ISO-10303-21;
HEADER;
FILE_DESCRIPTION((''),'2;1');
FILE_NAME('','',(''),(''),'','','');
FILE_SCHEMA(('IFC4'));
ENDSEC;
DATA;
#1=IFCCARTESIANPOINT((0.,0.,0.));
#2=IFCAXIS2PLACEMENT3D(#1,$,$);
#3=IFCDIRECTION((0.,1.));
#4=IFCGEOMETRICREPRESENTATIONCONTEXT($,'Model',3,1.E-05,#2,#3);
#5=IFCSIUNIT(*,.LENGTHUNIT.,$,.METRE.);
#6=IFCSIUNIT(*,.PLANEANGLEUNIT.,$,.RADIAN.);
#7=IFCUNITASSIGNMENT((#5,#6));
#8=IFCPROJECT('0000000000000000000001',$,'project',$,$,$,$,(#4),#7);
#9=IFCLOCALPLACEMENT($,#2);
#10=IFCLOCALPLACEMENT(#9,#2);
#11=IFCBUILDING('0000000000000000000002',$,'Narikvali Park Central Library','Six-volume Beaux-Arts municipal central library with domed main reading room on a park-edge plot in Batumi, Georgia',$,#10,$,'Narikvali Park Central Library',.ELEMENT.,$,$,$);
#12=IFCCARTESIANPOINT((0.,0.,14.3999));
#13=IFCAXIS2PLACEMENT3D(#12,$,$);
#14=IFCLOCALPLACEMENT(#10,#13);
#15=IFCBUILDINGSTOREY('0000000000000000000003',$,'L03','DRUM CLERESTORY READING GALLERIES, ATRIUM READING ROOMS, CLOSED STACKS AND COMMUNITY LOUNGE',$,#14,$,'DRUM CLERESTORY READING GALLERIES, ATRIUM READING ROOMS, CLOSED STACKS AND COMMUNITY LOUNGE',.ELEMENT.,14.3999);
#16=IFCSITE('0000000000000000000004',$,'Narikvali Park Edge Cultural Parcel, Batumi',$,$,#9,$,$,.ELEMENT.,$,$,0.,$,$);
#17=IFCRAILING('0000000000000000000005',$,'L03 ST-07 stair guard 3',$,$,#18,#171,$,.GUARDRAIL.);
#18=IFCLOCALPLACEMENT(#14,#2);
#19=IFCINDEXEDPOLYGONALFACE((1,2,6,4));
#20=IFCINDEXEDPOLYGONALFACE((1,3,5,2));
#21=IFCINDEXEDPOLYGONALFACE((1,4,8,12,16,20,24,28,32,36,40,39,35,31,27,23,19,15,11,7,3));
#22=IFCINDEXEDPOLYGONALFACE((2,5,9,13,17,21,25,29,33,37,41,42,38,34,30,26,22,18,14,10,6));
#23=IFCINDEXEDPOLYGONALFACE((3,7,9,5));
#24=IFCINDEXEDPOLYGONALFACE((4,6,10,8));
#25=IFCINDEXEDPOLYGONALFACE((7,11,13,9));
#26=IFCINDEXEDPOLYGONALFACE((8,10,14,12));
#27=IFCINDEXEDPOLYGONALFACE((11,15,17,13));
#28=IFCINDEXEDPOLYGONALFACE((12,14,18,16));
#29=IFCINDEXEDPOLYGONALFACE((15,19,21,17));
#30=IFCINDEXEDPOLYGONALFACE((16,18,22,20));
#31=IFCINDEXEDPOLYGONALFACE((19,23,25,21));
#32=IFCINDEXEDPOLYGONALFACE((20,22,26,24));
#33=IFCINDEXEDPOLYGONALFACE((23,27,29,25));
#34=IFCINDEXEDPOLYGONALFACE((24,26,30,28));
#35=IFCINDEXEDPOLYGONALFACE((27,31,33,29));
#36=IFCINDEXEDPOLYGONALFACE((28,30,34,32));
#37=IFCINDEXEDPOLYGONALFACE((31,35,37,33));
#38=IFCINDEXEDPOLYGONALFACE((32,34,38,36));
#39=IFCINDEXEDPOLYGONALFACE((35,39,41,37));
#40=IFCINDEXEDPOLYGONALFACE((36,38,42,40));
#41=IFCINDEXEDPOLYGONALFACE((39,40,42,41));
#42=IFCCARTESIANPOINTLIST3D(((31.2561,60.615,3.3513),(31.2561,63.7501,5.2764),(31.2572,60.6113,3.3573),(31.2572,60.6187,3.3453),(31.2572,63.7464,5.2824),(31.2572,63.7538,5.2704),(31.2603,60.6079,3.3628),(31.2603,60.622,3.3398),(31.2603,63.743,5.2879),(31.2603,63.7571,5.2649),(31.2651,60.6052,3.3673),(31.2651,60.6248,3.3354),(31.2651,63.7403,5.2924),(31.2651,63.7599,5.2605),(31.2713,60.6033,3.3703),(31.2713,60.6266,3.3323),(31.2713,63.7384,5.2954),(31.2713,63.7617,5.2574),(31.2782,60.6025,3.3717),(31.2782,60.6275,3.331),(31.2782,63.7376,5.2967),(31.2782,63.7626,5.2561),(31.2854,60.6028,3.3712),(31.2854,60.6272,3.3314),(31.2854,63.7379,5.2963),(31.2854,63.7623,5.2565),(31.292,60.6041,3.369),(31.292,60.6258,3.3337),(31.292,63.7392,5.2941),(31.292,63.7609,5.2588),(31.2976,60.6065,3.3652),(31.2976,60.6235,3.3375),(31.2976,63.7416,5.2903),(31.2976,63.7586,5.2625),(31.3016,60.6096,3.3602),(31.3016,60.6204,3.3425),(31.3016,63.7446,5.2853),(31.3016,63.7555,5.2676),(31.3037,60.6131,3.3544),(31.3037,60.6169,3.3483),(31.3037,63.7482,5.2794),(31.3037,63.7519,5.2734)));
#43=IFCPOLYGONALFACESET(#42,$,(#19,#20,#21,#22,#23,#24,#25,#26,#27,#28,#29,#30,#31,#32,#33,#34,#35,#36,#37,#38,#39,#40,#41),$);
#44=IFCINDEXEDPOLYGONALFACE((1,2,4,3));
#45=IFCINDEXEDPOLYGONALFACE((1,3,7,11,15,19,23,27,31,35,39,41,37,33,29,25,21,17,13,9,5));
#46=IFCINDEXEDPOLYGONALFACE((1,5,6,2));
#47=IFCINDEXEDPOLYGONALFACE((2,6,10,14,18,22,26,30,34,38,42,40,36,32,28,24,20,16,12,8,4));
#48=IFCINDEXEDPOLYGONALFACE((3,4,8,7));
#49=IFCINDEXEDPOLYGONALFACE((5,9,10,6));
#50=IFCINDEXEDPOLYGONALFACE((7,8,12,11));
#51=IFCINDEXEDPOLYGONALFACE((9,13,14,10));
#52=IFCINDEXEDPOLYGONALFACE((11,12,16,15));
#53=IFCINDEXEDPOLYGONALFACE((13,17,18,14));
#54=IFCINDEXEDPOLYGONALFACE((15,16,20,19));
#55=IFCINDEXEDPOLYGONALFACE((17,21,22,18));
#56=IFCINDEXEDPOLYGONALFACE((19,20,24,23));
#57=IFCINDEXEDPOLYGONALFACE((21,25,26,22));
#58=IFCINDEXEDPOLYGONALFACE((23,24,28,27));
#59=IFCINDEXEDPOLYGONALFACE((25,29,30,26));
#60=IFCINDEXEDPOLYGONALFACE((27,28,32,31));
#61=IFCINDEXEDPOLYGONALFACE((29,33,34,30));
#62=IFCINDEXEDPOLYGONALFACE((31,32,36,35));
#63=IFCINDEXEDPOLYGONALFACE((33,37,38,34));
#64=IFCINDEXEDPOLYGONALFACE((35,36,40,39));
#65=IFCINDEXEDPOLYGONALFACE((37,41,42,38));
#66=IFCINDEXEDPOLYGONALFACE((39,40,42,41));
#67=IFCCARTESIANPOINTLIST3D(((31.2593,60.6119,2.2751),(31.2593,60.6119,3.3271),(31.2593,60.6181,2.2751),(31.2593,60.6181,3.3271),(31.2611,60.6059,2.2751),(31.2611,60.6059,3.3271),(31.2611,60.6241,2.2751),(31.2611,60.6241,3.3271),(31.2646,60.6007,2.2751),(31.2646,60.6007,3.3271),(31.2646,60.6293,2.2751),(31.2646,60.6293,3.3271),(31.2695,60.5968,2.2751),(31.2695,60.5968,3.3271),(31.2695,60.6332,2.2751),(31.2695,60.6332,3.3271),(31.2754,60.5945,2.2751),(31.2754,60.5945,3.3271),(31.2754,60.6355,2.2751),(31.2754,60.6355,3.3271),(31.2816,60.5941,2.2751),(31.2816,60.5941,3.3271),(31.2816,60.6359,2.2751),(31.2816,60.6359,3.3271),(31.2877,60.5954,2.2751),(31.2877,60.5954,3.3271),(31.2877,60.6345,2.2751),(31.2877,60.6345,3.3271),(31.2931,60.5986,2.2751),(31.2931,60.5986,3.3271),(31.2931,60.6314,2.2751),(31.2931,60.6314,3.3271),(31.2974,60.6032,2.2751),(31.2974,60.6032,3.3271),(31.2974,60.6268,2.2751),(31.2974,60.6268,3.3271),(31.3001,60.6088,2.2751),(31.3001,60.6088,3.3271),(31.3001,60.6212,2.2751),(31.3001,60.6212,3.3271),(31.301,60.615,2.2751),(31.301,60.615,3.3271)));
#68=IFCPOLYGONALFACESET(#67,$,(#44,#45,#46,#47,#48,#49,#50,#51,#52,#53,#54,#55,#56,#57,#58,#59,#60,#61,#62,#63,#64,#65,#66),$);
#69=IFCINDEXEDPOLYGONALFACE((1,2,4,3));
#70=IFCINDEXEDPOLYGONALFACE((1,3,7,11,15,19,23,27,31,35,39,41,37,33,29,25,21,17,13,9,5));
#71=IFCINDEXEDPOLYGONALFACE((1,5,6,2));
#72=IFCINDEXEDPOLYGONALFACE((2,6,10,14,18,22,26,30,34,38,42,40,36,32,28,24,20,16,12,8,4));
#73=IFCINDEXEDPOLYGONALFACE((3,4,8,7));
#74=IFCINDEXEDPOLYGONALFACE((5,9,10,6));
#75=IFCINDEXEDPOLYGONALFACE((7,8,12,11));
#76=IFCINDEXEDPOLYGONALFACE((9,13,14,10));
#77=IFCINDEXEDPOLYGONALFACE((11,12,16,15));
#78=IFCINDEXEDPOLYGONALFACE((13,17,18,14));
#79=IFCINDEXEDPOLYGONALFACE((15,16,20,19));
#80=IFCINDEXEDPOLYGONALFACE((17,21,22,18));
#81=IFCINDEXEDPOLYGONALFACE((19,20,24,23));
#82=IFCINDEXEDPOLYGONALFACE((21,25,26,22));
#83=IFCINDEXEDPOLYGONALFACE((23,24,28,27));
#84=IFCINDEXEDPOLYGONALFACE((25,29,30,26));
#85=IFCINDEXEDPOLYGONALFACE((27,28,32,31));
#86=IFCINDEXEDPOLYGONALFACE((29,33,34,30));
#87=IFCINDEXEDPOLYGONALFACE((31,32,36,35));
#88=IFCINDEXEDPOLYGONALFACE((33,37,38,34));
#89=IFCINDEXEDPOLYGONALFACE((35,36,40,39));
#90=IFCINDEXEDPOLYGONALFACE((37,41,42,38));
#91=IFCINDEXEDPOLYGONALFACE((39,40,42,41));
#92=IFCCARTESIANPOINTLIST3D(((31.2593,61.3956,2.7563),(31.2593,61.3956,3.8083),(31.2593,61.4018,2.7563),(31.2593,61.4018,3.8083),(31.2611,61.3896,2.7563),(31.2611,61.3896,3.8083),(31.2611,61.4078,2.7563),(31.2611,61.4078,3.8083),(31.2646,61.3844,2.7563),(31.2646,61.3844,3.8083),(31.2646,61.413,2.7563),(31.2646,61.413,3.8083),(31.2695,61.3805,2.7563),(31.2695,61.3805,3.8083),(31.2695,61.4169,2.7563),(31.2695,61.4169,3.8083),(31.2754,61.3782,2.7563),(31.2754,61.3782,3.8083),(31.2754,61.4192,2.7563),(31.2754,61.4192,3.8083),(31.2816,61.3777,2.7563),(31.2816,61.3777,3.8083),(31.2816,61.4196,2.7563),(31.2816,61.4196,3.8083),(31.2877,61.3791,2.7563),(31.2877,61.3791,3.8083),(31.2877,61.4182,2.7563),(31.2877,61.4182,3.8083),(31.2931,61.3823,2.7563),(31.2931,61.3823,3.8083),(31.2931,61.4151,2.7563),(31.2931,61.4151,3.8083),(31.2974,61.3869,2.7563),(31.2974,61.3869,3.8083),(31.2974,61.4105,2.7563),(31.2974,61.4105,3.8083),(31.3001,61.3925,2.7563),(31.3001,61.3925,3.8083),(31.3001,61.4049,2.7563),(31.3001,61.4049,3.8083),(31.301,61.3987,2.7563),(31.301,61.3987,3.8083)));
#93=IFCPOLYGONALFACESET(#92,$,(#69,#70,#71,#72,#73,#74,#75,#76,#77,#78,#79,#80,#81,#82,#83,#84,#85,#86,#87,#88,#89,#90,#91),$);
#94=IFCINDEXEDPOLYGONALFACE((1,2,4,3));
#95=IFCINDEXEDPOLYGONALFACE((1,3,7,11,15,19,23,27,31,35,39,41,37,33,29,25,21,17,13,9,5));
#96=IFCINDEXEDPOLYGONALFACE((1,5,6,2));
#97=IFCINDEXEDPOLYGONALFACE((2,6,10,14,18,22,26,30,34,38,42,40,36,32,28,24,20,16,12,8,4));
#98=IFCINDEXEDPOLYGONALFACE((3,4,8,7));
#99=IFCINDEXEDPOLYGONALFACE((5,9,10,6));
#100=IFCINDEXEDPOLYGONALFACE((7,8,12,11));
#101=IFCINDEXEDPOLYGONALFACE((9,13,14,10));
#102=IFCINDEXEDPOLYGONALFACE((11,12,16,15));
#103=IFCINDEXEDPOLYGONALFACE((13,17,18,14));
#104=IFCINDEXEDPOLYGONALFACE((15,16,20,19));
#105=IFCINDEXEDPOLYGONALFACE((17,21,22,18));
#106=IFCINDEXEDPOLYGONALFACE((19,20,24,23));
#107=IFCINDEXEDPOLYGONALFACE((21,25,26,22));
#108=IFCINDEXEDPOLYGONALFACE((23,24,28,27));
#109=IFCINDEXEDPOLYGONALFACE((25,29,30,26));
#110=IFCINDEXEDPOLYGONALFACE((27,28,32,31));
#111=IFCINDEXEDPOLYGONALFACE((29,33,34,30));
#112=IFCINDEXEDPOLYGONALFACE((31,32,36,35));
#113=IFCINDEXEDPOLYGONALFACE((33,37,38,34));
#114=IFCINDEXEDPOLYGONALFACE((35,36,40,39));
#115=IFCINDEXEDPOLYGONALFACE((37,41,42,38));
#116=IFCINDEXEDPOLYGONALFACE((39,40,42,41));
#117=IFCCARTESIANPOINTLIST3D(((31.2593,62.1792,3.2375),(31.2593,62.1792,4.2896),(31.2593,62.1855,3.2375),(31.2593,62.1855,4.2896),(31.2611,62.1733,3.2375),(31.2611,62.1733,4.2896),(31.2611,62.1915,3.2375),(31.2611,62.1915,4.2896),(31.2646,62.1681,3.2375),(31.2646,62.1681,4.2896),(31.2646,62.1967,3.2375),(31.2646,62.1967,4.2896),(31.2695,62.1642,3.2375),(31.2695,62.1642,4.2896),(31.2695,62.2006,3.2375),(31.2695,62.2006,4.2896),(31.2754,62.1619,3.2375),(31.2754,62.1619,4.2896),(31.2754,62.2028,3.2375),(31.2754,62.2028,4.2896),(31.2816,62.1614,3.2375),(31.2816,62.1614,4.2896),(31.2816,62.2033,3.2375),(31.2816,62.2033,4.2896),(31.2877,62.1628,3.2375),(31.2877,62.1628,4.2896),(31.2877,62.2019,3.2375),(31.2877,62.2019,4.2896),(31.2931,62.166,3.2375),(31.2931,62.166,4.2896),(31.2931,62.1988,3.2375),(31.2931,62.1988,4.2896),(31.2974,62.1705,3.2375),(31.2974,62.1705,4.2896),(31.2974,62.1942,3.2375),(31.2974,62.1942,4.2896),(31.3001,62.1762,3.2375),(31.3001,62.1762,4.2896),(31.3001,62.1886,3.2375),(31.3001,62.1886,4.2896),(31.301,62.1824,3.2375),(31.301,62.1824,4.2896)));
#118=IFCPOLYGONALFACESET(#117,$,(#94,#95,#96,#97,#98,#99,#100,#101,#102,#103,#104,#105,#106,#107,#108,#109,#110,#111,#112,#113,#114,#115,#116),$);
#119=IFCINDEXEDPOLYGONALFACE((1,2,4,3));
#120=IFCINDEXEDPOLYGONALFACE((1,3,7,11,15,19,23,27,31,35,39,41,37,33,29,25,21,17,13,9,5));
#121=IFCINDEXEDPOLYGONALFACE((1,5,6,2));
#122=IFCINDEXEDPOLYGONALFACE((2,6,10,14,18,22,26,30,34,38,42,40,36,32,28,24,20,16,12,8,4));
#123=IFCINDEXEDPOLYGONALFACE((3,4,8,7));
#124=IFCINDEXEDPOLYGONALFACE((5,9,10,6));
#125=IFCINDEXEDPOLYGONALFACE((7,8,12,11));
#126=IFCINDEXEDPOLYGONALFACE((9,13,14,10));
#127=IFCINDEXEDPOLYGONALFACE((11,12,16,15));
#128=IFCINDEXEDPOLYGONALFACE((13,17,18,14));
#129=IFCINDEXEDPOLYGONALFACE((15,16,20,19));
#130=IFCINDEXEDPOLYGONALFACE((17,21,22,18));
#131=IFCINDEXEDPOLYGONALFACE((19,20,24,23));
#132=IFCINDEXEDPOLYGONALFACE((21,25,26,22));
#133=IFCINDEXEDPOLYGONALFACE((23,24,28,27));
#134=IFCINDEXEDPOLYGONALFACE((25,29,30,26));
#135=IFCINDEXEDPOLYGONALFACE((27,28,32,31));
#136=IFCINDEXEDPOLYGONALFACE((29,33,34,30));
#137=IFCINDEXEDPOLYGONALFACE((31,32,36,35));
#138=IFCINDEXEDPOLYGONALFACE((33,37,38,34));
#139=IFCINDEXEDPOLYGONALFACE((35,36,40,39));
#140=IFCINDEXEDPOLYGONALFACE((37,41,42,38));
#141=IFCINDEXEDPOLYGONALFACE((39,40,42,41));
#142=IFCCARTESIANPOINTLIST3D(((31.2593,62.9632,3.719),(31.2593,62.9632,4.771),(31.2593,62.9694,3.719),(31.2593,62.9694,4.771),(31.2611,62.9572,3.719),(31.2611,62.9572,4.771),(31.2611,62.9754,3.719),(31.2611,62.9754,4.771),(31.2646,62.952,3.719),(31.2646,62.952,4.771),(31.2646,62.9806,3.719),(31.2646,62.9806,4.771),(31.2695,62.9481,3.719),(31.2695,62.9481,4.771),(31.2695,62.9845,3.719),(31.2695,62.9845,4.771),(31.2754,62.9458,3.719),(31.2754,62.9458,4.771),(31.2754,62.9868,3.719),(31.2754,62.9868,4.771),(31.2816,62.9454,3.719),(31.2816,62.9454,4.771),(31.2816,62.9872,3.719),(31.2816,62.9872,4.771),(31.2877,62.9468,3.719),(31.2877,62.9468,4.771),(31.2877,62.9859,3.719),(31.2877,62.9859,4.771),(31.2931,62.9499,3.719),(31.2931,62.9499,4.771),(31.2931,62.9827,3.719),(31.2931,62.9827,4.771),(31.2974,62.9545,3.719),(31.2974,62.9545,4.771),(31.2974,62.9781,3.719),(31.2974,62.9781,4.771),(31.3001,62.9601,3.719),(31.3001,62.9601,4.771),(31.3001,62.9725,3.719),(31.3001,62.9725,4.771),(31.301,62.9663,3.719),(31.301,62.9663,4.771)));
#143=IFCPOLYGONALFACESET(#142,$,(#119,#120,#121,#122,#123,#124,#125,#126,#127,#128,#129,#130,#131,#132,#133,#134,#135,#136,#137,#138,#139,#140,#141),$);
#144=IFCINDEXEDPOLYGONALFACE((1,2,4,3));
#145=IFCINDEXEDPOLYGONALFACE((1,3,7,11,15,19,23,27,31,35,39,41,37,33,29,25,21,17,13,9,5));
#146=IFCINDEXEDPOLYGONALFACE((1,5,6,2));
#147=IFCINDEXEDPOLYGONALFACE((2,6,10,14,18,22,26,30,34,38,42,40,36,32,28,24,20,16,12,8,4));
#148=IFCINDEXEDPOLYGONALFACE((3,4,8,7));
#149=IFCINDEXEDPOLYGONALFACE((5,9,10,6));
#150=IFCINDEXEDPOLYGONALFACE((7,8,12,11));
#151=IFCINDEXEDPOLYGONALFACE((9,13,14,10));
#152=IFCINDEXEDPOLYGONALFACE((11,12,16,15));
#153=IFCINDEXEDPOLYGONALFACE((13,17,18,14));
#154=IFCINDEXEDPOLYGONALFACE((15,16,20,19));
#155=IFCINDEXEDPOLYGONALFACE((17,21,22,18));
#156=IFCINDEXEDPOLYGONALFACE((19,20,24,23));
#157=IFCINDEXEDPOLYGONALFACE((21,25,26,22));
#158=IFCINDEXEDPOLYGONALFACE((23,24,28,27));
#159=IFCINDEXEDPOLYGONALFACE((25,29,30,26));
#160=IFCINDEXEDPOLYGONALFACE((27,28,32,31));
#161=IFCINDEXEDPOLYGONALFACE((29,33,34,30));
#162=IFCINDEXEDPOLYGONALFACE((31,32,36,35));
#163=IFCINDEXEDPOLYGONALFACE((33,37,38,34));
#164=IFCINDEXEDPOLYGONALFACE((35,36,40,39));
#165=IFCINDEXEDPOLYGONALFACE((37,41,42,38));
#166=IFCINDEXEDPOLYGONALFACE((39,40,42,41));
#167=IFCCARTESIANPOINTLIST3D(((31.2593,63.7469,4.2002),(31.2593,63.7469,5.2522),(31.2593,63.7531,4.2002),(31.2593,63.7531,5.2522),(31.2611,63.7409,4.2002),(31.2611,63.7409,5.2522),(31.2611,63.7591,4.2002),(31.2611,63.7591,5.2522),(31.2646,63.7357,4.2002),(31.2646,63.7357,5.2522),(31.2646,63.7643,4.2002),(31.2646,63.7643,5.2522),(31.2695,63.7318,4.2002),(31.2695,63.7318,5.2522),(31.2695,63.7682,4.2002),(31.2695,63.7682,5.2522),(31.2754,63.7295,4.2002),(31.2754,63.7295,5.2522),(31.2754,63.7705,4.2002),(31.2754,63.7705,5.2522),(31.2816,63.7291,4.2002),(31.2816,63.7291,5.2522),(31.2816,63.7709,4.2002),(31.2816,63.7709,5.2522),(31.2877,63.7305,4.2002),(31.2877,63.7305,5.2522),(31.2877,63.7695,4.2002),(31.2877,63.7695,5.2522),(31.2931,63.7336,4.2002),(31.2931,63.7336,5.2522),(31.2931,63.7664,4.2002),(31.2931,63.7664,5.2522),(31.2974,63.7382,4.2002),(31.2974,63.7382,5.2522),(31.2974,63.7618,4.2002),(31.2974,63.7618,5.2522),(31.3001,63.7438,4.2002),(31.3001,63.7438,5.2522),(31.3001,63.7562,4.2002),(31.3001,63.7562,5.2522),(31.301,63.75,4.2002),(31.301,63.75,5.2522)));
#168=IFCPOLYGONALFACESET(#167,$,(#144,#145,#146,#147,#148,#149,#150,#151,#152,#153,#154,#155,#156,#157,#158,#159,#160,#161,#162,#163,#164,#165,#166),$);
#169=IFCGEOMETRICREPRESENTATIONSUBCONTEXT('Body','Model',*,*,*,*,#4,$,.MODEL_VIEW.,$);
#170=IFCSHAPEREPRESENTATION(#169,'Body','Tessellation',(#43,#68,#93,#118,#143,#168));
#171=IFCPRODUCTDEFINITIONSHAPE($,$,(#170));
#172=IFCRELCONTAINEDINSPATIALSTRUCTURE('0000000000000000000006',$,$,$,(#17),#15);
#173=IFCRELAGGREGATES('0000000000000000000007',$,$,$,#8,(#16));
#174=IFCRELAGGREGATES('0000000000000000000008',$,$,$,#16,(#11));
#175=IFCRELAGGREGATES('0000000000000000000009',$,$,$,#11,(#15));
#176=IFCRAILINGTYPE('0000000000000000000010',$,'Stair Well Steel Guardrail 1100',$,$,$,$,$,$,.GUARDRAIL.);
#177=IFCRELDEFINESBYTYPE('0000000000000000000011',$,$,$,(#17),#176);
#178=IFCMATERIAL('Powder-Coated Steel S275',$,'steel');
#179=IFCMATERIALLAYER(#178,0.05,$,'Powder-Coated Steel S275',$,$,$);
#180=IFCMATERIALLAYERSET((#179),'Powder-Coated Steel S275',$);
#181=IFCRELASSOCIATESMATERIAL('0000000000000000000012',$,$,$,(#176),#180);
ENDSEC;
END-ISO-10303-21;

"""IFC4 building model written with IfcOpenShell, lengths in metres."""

from ifc_helpers import new_model, si_unit, direction, frame, origin, origin_2d, place, context, subcontext, project, spatial, circle, extrude, material, layer, layer_set, type_object, element, save


model = new_model("IFC4")

# Units and contexts
model_context = context("Model", 3, precision=1e-05, world=origin(), true_north=direction((0.0, 1.0)))
body_context = subcontext(model_context, "Body", "Model", "MODEL_VIEW")
ifc_project = project(units=[si_unit("LENGTHUNIT", "METRE"), si_unit("PLANEANGLEUNIT", "RADIAN")], contexts=[model_context])

# Site, building, storey
site_placement = place(None, origin())
site = spatial("IfcSite", under=ifc_project, at=site_placement, Name="Narikvali Park Edge Cultural Parcel, Batumi", CompositionType="ELEMENT", RefElevation=0.0)
building_placement = place(site_placement, origin())
building = spatial("IfcBuilding", under=site, at=building_placement, Name="Narikvali Park Central Library", Description="Six-volume Beaux-Arts municipal central library with domed main reading room on a park-edge plot in Batumi, Georgia", LongName="Narikvali Park Central Library", CompositionType="ELEMENT")
storey_placement = place(building_placement, frame((0.0, 0.0, 14.3999)))
storey = spatial("IfcBuildingStorey", under=building, at=storey_placement, Name="L03", Description="DRUM CLERESTORY READING GALLERIES, ATRIUM READING ROOMS, CLOSED STACKS AND COMMUNITY LOUNGE", LongName="DRUM CLERESTORY READING GALLERIES, ATRIUM READING ROOMS, CLOSED STACKS AND COMMUNITY LOUNGE", CompositionType="ELEMENT", Elevation=14.3999)

# Railing
ifc_material_1 = material(Name="Powder-Coated Steel S275", Category="steel")
ifc_layer_1 = layer(ifc_material_1, 0.05, Name="Powder-Coated Steel S275")
ifc_layer_set_1 = layer_set([ifc_layer_1], Name="Powder-Coated Steel S275")
railing_type_1 = type_object("IfcRailingType", Name="Stair Well Steel Guardrail 1100", PredefinedType="GUARDRAIL", material=ifc_layer_set_1)
railing_1_placement = place(storey_placement, frame((31.28, 60.615, 2.2751)))
element("IfcRailing", 1, at=railing_1_placement, inside=storey, type_object=railing_type_1, Name="L03 ST-07 stair guard 3", PredefinedType="GUARDRAIL", context=body_context, shape_type="SweptSolid", body=[
    extrude(circle(Radius=0.0239, at=origin_2d()), frame((0.0, 0.0, 1.0762), z_axis=(0.0, 0.852166, 0.523271), x_axis=(-1.0, 0.0, 0.0)), (0.0, 0.0, 1.0), 3.679),
    extrude(circle(Radius=0.021, at=origin_2d()), origin(), (0.0, 0.0, 1.0), 1.052),
    extrude(circle(Radius=0.021, at=origin_2d()), frame((0.0, 0.7837, 0.4812)), (0.0, 0.0, 1.0), 1.052),
    extrude(circle(Radius=0.021, at=origin_2d()), frame((0.0, 1.5674, 0.9624)), (0.0, 0.0, 1.0), 1.052),
    extrude(circle(Radius=0.021, at=origin_2d()), frame((0.0, 2.3513, 1.4438)), (0.0, 0.0, 1.0), 1.052),
    extrude(circle(Radius=0.021, at=origin_2d()), frame((0.0, 3.135, 1.925)), (0.0, 0.0, 1.0), 1.052),
])

save(model, "model.ifc")
